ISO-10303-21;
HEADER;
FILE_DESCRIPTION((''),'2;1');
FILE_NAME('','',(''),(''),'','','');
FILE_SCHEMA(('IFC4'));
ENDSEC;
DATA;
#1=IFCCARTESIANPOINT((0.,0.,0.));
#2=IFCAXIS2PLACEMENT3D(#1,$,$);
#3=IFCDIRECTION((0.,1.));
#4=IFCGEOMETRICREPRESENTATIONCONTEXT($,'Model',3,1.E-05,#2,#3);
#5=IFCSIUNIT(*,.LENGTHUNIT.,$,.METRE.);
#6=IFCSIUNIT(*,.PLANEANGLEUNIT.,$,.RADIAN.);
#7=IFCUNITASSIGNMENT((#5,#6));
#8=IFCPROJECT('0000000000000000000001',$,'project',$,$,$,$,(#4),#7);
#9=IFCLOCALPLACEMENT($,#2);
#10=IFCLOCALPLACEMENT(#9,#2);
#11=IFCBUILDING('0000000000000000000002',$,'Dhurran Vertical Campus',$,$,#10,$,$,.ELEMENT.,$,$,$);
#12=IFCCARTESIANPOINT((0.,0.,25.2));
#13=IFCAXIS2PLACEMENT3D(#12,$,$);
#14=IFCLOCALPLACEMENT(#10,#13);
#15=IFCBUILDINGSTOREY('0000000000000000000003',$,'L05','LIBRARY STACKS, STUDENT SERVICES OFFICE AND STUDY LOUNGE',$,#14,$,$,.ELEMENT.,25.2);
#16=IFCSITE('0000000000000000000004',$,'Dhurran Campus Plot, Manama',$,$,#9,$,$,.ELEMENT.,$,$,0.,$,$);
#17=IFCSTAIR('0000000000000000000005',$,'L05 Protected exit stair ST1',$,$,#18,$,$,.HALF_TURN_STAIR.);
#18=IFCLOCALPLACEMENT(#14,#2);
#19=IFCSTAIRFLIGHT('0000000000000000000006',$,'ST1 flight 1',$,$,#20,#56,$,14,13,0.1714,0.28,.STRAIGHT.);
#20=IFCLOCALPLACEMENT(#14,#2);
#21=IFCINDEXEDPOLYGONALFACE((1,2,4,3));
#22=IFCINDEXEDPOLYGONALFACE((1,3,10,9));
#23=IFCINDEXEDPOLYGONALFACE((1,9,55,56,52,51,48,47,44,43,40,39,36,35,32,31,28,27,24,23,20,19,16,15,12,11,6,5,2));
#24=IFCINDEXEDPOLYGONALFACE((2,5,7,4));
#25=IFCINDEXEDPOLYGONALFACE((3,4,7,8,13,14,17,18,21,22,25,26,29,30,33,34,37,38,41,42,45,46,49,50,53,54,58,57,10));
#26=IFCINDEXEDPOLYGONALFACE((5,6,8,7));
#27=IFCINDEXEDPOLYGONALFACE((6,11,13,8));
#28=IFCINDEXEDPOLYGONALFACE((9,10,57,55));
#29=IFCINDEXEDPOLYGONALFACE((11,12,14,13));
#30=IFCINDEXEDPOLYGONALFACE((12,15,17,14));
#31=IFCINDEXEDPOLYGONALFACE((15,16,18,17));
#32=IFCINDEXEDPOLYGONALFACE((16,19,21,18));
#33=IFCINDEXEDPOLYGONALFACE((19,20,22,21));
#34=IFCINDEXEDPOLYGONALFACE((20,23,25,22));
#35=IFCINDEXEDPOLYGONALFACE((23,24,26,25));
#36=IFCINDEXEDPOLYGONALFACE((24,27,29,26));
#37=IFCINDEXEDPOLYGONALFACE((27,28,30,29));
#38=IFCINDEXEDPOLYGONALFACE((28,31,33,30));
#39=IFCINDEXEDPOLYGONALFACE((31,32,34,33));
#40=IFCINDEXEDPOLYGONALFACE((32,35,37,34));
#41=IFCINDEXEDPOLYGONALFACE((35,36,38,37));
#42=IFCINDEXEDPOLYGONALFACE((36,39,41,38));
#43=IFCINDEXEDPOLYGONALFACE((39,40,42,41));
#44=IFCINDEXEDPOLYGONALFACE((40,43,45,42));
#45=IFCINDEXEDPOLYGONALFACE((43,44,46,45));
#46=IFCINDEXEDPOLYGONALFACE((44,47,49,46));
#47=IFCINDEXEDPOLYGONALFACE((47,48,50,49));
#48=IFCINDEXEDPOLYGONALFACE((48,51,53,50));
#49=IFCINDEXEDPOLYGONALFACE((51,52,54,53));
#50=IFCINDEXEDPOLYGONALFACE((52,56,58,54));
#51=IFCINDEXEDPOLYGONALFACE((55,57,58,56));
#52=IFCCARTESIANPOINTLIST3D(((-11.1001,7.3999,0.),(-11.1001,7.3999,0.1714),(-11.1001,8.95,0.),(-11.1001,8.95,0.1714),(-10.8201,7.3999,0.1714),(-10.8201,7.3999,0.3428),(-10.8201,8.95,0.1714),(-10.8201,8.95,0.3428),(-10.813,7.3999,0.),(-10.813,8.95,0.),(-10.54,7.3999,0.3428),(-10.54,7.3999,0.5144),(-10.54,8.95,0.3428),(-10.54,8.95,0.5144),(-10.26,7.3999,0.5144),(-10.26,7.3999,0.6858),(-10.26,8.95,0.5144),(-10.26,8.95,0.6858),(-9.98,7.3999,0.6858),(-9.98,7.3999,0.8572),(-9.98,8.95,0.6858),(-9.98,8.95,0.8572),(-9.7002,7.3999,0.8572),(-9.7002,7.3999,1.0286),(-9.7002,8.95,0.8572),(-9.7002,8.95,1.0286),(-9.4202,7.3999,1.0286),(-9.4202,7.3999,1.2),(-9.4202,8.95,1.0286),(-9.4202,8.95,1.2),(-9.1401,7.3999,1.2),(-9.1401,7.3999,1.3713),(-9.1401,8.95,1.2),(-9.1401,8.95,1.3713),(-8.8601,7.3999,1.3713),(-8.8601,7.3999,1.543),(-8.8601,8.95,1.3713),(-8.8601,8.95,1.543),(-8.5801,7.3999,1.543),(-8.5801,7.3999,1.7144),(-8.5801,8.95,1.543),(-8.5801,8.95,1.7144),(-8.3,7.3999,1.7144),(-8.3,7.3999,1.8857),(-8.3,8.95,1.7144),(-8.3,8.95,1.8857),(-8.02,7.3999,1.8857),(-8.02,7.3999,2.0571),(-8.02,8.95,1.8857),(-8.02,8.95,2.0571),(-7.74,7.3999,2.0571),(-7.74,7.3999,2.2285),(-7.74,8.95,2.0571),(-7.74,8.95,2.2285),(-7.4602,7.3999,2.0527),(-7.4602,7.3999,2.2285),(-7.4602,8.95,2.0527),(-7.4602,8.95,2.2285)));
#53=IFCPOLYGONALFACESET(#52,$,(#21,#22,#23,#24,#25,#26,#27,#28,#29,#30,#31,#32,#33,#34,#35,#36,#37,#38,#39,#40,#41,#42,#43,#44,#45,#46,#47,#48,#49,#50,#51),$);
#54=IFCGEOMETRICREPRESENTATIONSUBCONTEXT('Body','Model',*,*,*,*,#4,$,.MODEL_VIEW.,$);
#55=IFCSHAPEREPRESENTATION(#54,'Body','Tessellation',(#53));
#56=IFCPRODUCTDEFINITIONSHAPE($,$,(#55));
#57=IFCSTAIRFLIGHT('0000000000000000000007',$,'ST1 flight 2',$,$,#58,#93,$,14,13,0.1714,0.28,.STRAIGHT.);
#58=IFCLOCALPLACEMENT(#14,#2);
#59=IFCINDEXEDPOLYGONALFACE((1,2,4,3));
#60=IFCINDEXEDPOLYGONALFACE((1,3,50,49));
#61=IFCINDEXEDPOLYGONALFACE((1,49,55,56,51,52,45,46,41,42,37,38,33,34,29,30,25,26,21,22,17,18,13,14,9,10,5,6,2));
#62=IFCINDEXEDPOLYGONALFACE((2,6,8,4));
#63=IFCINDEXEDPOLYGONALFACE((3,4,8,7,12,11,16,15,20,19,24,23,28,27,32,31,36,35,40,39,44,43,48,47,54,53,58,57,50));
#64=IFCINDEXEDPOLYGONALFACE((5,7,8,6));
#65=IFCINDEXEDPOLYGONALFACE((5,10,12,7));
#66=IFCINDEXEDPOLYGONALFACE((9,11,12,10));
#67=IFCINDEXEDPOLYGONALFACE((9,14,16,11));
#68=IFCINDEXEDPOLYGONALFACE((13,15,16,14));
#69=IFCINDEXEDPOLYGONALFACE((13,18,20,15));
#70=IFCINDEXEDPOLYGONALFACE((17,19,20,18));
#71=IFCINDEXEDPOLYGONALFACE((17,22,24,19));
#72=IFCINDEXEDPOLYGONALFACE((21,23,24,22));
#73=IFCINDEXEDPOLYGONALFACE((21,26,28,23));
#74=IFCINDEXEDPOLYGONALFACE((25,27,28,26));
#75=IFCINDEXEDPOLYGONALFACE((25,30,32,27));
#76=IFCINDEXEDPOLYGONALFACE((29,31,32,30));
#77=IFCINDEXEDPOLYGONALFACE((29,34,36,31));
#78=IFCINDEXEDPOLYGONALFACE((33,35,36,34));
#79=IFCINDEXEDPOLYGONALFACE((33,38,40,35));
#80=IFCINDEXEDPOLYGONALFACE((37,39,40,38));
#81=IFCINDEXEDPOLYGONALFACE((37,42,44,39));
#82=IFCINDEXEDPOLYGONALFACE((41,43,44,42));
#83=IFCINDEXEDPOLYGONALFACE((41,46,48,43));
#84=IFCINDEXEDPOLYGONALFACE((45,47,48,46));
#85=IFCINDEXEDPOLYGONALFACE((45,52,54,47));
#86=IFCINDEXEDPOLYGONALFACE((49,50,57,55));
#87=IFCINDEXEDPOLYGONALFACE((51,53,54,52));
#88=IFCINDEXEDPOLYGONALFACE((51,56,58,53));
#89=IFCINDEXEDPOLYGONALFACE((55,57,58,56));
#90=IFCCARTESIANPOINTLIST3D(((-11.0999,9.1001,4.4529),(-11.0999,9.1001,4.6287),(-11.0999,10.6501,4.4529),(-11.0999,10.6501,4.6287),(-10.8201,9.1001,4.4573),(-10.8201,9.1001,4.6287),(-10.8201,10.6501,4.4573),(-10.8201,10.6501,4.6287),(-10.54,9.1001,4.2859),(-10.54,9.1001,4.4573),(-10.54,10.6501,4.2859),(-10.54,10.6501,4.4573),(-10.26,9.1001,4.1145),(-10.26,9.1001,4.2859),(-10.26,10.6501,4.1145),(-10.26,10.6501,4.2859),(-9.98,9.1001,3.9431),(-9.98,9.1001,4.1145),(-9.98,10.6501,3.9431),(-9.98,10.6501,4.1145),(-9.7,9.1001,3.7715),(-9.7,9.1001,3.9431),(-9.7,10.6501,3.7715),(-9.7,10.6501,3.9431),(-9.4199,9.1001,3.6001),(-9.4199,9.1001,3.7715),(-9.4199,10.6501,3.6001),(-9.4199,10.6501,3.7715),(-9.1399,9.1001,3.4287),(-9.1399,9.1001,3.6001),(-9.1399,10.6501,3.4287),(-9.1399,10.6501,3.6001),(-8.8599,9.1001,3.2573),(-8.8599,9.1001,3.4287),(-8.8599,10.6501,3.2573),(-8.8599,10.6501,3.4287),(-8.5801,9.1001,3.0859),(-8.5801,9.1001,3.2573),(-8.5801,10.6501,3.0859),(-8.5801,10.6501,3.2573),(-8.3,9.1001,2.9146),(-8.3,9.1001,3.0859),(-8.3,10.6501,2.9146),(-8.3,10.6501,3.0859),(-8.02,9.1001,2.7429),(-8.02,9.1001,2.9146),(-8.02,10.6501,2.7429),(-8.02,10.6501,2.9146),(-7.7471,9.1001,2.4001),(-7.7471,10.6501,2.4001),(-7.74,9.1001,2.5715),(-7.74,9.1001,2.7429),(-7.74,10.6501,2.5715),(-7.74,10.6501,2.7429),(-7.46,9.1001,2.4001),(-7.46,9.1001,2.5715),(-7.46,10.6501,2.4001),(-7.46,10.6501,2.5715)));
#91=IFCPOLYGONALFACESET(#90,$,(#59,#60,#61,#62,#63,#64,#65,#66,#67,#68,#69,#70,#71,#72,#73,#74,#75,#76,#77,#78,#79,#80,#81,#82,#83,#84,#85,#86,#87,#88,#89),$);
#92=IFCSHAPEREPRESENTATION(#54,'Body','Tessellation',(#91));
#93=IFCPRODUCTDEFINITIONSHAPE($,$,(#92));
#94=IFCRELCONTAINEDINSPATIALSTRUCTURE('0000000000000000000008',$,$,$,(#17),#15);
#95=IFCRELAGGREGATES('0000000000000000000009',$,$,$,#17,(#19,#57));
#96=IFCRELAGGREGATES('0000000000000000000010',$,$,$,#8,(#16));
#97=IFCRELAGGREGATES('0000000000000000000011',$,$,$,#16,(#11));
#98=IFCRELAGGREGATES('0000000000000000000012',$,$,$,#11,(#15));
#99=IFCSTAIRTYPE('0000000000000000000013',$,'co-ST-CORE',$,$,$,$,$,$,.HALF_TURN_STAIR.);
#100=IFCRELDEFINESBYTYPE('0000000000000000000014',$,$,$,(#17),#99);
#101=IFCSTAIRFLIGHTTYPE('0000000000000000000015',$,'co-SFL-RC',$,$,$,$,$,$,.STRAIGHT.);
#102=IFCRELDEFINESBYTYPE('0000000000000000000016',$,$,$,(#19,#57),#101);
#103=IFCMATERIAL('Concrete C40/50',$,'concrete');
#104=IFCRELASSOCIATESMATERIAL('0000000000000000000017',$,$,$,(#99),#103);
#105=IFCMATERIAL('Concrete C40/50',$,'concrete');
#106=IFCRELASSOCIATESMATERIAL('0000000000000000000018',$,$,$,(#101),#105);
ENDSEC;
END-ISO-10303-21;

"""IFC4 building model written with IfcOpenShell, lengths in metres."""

from ifc_helpers import new_model, si_unit, direction, frame, origin, place, context, subcontext, project, spatial, polyline, outline, extrude, material, type_object, element, aggregate, save


model = new_model("IFC4")

# Units and contexts
model_context = context("Model", 3, precision=1e-05, world=origin(), true_north=direction((0.0, 1.0)))
body_context = subcontext(model_context, "Body", "Model", "MODEL_VIEW")
ifc_project = project(units=[si_unit("LENGTHUNIT", "METRE"), si_unit("PLANEANGLEUNIT", "RADIAN")], contexts=[model_context])

# Site, building, storey
site_placement = place(None, origin())
site = spatial("IfcSite", under=ifc_project, at=site_placement, Name="Dhurran Campus Plot, Manama", CompositionType="ELEMENT", RefElevation=0.0)
building_placement = place(site_placement, origin())
building = spatial("IfcBuilding", under=site, at=building_placement, Name="Dhurran Vertical Campus", CompositionType="ELEMENT")
storey_placement = place(building_placement, frame((0.0, 0.0, 25.2)))
storey = spatial("IfcBuildingStorey", under=building, at=storey_placement, Name="L05", Description="LIBRARY STACKS, STUDENT SERVICES OFFICE AND STUDY LOUNGE", CompositionType="ELEMENT", Elevation=25.2)

# Stair, stair flights
ifc_material_1 = material(Name="Concrete C40/50", Category="concrete")
stair_type = type_object("IfcStairType", Name="co-ST-CORE", PredefinedType="HALF_TURN_STAIR", material=ifc_material_1)
stair_placement = place(storey_placement, origin())
stair = element("IfcStair", 1, at=stair_placement, inside=storey, type_object=stair_type, Name="L05 Protected exit stair ST1", PredefinedType="HALF_TURN_STAIR")
ifc_material_2 = material(Name="Concrete C40/50", Category="concrete")
stair_flight_type = type_object("IfcStairFlightType", Name="co-SFL-RC", PredefinedType="STRAIGHT", material=ifc_material_2)
stair_flight_1_placement = place(storey_placement, frame((-11.1001, 8.175, 0.0), z_axis=(0.0, 0.0, 1.0), x_axis=(1.0, 0.0, 0.0)))
stair_flight_1 = element("IfcStairFlight", 2, at=stair_flight_1_placement, type_object=stair_flight_type, Name="ST1 flight 1", NumberOfRisers=14, NumberOfTreads=13, PredefinedType="STRAIGHT", RiserHeight=0.1714, TreadLength=0.28, context=body_context, shape_type="SweptSolid", body=[
    extrude(outline(polyline([(0.0, 0.0), (0.0, 0.1714), (0.28, 0.1714), (0.28, 0.3428), (0.5601, 0.3428), (0.5601, 0.5144), (0.8401, 0.5144), (0.8401, 0.6858), (1.1201, 0.6858), (1.1201, 0.8572), (1.3999, 0.8572), (1.3999, 1.0286), (1.6799, 1.0286), (1.6799, 1.2), (1.96, 1.2), (1.96, 1.3713), (2.24, 1.3713), (2.24, 1.543), (2.52, 1.543), (2.52, 1.7144), (2.8, 1.7144), (2.8, 1.8857), (3.0801, 1.8857), (3.0801, 2.0571), (3.3601, 2.0571), (3.3601, 2.2285), (3.6399, 2.2285), (3.6399, 2.3999), (3.6399, 2.0527), (0.2871, 0.0), (0.0, 0.0)])), frame((0.0, 0.7749, 0.0), z_axis=(0.0, -1.0, 0.0), x_axis=(1.0, 0.0, 0.0)), (0.0, 0.0, 1.0), 1.55),
])
stair_flight_2_placement = place(storey_placement, frame((-7.46, 9.875, 2.4001), z_axis=(0.0, 0.0, 1.0), x_axis=(-1.0, 0.0, 0.0)))
stair_flight_2 = element("IfcStairFlight", 3, at=stair_flight_2_placement, type_object=stair_flight_type, Name="ST1 flight 2", NumberOfRisers=14, NumberOfTreads=13, PredefinedType="STRAIGHT", RiserHeight=0.1714, TreadLength=0.28, context=body_context, shape_type="SweptSolid", body=[
    extrude(outline(polyline([(0.0, 0.0), (0.0, 0.1714), (0.28, 0.1714), (0.28, 0.3428), (0.5601, 0.3428), (0.5601, 0.5144), (0.8401, 0.5144), (0.8401, 0.6858), (1.1201, 0.6858), (1.1201, 0.8572), (1.3999, 0.8572), (1.3999, 1.0286), (1.6799, 1.0286), (1.6799, 1.2), (1.96, 1.2), (1.96, 1.3713), (2.24, 1.3713), (2.24, 1.543), (2.52, 1.543), (2.52, 1.7144), (2.8, 1.7144), (2.8, 1.8857), (3.0801, 1.8857), (3.0801, 2.0571), (3.3601, 2.0571), (3.3601, 2.2285), (3.6399, 2.2285), (3.6399, 2.3999), (3.6399, 2.0527), (0.2871, 0.0), (0.0, 0.0)])), frame((0.0, 0.7749, 0.0), z_axis=(0.0, -1.0, 0.0), x_axis=(1.0, 0.0, 0.0)), (0.0, 0.0, 1.0), 1.55),
])
aggregate(stair, [stair_flight_1, stair_flight_2])

save(model, "model.ifc")
